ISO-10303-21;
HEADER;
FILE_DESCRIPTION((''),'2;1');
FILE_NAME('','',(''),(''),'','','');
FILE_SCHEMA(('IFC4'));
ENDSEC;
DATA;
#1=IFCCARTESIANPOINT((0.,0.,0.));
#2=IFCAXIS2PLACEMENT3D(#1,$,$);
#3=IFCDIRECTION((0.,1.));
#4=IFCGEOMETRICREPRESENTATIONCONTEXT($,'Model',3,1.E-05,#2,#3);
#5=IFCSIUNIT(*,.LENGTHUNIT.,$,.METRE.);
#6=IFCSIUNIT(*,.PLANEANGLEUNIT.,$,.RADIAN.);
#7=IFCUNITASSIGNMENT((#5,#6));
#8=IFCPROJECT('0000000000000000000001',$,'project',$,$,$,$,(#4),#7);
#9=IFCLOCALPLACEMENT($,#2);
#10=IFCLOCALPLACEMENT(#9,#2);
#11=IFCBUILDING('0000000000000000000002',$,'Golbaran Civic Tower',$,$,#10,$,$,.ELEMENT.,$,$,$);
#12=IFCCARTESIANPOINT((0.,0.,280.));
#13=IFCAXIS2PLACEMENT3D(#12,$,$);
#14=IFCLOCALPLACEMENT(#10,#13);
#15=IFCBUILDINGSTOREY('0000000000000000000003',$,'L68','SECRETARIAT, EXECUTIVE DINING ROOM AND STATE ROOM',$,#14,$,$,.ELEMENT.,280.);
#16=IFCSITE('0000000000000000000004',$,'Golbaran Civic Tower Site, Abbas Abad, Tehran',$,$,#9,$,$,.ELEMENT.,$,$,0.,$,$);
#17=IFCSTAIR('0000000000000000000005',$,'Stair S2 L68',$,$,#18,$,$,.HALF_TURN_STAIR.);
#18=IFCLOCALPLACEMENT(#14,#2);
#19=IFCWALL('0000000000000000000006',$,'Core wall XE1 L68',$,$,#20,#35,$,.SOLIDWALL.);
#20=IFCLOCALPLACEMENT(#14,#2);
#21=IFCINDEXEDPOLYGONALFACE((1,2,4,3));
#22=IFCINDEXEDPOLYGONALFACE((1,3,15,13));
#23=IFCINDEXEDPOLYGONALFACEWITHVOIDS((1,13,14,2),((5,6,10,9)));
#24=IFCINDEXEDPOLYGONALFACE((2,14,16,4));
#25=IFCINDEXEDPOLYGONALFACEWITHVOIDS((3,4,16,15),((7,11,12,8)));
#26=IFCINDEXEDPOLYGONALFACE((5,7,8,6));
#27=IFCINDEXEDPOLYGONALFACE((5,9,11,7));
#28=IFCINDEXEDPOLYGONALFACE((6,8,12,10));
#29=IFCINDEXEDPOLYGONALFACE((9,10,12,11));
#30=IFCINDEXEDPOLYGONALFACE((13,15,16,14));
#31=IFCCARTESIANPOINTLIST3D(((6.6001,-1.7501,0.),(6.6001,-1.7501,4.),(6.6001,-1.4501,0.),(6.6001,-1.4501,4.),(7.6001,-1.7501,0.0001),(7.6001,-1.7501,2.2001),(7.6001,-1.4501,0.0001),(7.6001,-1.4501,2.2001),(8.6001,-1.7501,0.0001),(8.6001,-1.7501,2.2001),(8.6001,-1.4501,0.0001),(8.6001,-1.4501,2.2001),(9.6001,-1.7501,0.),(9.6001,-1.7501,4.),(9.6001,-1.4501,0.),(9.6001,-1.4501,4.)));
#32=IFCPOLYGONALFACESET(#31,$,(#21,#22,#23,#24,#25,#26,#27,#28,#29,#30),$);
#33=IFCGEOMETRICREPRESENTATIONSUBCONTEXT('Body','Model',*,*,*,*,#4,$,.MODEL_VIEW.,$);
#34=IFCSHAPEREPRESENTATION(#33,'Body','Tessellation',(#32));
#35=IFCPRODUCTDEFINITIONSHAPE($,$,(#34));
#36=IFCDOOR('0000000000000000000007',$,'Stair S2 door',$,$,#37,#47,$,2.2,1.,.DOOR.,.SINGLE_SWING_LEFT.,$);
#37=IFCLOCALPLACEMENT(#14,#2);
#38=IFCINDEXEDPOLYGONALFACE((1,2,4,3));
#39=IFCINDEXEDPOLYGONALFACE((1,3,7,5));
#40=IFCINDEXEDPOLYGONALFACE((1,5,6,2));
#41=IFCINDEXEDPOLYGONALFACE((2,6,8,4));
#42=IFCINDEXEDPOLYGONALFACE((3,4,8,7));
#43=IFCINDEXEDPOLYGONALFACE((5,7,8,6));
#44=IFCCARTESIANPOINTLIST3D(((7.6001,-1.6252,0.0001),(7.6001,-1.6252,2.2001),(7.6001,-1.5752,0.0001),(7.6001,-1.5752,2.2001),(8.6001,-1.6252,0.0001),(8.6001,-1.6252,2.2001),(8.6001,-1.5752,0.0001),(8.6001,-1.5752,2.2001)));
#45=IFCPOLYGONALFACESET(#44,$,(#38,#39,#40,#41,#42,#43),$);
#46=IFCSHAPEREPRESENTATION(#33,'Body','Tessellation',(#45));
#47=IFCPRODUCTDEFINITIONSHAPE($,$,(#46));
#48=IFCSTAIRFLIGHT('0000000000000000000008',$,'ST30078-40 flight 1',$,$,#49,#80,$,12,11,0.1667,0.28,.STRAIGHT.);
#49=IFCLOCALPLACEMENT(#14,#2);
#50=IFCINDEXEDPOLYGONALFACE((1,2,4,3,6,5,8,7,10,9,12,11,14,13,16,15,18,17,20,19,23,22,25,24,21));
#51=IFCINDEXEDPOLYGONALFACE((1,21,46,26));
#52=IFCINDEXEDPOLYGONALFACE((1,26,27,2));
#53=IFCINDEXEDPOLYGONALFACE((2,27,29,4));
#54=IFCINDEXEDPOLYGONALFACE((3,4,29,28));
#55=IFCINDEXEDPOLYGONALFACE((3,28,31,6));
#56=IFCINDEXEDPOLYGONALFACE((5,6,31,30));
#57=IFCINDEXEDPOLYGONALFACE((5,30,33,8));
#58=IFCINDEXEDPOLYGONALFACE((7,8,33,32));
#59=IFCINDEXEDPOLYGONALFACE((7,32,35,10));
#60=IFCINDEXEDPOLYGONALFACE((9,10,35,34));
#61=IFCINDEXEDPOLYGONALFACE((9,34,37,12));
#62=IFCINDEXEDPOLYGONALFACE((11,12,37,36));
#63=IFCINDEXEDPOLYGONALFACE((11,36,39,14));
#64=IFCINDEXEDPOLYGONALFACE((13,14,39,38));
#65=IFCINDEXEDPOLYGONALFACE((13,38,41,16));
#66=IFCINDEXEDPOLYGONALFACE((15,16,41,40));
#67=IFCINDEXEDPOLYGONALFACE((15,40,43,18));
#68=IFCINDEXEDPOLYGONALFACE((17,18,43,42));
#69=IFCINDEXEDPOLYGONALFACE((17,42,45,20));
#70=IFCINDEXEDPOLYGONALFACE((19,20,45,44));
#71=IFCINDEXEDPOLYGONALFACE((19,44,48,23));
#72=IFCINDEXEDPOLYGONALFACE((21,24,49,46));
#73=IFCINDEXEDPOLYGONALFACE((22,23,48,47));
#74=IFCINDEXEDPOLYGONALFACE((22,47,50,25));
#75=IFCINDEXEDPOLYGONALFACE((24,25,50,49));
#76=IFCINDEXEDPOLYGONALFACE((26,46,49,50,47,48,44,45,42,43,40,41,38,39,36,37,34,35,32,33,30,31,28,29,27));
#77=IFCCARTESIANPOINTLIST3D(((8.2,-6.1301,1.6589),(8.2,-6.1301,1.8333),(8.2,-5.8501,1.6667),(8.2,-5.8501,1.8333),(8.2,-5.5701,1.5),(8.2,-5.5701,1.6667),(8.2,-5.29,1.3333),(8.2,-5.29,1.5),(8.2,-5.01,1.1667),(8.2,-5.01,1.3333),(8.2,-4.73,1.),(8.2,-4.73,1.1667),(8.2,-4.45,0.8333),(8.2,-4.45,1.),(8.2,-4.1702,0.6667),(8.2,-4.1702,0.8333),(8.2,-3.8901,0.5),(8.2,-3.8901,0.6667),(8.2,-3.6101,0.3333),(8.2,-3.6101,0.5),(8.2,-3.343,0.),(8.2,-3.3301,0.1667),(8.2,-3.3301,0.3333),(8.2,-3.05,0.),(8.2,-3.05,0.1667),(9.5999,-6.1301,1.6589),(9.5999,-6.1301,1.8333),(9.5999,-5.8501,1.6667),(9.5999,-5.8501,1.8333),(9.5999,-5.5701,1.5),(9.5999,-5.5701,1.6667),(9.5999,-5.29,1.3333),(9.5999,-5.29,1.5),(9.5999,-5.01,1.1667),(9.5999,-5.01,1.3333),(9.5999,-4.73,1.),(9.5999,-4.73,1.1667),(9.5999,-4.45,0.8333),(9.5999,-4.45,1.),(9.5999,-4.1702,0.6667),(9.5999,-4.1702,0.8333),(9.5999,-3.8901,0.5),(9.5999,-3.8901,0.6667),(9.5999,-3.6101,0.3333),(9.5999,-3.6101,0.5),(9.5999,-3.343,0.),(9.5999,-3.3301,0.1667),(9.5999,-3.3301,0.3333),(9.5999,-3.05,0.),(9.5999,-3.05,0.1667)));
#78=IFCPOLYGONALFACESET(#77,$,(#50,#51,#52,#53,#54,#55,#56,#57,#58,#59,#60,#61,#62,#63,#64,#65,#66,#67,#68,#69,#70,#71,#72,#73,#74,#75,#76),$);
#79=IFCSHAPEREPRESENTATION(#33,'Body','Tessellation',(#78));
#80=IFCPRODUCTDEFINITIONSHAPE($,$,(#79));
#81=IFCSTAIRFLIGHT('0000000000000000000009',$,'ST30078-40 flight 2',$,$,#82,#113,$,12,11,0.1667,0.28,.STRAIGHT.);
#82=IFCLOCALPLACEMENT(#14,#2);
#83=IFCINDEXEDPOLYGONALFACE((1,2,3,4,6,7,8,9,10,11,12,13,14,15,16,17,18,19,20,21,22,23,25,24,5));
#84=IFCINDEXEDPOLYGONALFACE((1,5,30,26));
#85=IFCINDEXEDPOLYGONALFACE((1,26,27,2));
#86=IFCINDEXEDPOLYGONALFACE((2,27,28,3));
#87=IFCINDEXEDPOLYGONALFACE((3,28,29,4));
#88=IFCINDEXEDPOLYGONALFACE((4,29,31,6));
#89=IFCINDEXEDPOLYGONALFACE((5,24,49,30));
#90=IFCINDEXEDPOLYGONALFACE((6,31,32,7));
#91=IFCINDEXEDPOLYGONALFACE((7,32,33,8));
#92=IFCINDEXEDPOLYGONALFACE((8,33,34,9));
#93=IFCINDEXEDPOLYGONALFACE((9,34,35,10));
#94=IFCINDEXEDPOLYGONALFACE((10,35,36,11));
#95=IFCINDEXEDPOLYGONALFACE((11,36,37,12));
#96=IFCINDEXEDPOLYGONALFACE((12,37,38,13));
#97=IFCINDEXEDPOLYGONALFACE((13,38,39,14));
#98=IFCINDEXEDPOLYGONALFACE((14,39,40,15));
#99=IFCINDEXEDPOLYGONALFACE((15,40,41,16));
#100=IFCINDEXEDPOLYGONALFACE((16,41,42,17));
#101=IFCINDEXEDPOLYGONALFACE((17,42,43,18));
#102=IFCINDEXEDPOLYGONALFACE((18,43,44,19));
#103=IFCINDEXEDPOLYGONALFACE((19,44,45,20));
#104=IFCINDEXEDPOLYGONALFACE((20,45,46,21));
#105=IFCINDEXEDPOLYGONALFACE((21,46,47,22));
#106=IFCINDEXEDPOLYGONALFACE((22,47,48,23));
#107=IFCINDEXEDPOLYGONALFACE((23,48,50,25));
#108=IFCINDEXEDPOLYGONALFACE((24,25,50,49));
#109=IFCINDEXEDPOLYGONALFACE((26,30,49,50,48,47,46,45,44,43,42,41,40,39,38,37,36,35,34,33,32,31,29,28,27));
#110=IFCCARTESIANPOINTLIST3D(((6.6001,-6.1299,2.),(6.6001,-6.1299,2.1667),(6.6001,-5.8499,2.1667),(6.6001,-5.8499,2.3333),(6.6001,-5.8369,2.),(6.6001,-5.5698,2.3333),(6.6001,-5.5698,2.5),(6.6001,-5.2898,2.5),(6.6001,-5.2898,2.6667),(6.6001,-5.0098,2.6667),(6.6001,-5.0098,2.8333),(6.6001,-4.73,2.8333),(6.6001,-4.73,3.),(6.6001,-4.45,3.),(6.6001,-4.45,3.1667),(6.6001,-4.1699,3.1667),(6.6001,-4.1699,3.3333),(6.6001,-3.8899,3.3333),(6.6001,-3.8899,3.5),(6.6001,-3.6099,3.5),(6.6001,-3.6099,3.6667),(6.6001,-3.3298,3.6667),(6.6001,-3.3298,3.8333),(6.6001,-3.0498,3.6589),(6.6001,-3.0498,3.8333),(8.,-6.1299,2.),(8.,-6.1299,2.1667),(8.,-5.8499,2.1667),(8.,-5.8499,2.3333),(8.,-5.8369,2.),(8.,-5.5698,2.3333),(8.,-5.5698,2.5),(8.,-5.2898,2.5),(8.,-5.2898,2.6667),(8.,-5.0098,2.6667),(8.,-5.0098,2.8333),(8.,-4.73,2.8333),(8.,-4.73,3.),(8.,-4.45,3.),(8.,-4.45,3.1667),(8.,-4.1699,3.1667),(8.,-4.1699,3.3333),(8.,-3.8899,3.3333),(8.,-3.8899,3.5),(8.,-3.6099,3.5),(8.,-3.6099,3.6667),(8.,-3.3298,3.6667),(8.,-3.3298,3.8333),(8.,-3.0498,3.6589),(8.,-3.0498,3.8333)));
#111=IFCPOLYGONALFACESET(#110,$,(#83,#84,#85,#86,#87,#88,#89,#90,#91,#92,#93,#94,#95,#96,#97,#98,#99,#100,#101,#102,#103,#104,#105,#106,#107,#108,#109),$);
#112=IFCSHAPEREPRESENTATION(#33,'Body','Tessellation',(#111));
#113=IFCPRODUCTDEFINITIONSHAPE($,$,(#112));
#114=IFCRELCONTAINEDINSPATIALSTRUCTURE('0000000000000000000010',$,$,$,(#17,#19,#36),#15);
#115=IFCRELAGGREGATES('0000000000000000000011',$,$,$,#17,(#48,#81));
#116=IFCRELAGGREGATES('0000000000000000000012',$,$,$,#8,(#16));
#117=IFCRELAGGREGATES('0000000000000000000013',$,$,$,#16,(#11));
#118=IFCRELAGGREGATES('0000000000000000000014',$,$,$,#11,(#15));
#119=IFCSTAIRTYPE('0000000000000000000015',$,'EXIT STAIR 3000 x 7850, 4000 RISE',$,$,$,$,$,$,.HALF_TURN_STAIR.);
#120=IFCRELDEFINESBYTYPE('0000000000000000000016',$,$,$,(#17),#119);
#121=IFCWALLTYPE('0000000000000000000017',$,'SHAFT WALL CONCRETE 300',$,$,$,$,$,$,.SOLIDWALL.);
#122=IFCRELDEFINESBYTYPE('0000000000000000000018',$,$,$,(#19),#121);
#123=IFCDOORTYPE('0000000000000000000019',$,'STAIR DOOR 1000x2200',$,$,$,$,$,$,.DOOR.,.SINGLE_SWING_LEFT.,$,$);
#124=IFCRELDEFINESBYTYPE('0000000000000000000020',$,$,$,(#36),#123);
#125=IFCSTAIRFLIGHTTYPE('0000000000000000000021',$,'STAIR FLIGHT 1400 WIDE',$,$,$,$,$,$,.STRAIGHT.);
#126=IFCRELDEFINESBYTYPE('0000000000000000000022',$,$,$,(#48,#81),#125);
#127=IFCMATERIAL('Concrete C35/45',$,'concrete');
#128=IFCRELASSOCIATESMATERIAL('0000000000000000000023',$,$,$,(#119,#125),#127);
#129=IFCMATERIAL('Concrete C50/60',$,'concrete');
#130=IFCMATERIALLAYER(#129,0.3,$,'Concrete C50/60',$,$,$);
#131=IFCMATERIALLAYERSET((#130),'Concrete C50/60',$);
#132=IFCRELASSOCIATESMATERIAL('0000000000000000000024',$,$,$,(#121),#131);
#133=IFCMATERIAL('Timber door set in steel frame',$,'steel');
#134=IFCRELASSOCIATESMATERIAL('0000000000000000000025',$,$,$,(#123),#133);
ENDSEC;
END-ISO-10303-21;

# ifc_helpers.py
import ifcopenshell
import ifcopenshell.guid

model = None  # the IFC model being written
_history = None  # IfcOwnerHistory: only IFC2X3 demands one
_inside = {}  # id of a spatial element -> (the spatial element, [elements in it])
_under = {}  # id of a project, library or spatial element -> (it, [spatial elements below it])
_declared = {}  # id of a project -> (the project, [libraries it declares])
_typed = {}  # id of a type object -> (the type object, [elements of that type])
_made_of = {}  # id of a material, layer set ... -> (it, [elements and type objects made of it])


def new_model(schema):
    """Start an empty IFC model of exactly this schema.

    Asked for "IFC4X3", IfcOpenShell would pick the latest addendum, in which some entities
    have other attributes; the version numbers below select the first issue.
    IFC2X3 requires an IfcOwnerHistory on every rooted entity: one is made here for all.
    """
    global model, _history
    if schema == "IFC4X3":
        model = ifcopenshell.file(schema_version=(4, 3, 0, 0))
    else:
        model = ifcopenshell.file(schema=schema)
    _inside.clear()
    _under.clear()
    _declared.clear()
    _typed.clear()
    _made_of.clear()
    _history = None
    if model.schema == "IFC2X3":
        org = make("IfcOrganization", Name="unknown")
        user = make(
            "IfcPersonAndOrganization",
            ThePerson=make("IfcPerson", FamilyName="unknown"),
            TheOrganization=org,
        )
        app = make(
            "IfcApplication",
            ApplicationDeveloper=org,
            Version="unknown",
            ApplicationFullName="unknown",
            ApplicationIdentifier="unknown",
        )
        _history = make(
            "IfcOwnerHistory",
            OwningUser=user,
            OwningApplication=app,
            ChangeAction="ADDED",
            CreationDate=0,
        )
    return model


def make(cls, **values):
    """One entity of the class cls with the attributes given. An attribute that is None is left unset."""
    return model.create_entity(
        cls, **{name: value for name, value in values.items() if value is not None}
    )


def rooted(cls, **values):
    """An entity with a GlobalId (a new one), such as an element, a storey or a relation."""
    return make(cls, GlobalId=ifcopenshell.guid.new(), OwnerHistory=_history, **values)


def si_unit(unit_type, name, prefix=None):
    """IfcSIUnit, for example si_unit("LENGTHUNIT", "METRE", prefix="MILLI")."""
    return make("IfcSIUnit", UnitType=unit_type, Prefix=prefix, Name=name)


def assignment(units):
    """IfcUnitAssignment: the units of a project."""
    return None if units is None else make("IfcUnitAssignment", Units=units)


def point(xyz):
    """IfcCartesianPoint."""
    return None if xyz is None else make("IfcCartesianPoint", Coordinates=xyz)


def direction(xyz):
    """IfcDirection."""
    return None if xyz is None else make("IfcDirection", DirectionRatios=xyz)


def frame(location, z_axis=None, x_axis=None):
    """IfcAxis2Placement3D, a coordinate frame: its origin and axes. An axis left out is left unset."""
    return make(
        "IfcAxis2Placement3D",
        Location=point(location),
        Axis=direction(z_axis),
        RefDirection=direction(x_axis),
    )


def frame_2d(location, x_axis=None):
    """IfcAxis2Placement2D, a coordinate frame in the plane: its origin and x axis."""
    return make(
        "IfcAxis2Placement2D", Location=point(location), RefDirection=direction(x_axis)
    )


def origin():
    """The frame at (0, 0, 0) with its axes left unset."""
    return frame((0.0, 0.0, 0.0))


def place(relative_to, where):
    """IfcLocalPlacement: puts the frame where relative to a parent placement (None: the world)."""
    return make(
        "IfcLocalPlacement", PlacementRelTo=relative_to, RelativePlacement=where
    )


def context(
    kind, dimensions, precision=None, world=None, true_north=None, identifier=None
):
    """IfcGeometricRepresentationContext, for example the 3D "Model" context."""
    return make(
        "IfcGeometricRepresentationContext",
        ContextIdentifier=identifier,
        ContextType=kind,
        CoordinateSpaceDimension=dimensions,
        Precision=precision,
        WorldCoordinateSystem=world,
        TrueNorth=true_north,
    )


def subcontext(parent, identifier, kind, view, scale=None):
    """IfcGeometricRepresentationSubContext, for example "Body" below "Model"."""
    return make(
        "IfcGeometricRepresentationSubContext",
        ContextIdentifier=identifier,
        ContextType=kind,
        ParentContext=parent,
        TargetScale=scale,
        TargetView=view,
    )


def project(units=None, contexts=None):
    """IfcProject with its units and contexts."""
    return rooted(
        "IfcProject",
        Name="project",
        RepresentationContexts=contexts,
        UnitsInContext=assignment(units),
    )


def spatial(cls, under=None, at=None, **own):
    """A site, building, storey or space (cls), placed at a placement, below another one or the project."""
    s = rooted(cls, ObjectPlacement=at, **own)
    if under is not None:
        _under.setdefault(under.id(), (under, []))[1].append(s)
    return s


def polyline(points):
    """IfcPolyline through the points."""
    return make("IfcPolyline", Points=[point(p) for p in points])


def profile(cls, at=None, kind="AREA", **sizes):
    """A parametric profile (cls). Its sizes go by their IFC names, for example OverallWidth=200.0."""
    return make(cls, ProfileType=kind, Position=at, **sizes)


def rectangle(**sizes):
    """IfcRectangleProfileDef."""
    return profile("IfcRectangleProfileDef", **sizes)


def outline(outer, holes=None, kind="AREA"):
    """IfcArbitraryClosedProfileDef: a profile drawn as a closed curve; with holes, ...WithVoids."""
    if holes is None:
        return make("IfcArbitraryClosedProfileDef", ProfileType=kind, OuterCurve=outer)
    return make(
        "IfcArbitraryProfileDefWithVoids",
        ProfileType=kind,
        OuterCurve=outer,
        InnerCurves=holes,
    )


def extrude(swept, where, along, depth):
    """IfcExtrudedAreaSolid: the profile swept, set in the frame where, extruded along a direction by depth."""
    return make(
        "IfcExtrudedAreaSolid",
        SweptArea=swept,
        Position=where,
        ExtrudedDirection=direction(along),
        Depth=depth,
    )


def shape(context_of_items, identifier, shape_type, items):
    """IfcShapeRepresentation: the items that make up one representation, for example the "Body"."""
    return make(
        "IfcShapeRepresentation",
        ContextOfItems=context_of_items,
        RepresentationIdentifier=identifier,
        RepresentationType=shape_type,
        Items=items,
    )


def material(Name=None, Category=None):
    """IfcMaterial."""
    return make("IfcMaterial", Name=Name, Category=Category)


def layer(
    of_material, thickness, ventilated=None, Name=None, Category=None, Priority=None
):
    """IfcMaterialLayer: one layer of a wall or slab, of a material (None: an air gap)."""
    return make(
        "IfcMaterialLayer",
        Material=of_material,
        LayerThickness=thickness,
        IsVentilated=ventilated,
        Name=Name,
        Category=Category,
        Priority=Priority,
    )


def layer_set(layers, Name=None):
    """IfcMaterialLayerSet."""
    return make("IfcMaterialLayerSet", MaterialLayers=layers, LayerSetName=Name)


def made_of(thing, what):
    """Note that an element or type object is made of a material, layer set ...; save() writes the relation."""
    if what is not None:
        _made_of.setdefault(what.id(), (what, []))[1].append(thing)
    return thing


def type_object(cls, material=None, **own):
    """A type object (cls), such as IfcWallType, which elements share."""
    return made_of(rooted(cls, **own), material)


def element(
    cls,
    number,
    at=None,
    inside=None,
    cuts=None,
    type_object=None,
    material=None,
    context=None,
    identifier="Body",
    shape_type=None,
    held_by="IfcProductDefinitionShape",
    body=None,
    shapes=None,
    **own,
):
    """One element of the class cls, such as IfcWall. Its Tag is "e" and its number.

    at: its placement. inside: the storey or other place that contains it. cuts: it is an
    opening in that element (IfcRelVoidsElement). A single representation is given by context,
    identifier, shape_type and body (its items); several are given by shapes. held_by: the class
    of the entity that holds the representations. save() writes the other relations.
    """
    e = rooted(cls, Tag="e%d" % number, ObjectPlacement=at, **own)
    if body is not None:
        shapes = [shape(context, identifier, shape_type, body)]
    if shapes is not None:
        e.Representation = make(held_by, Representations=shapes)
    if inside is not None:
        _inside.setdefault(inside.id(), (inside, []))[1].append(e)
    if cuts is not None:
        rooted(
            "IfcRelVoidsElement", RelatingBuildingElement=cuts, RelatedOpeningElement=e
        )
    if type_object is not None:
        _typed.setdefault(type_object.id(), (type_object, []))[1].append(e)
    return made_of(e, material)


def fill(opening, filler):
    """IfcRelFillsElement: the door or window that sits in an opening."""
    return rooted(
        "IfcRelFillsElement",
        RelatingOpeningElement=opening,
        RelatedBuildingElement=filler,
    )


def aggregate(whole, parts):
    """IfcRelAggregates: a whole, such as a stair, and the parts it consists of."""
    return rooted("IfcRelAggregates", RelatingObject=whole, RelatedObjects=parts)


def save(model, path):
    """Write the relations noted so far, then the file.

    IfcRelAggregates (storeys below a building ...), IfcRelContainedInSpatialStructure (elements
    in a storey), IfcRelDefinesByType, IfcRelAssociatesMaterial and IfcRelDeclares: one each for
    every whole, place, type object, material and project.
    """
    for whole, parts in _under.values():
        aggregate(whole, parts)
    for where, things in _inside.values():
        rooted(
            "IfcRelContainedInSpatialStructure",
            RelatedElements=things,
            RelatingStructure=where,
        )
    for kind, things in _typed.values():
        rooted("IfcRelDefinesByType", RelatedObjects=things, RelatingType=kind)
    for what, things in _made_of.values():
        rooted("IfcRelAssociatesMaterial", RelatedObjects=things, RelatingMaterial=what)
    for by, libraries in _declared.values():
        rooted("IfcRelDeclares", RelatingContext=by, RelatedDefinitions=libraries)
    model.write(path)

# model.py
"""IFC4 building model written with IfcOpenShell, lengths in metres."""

from ifc_helpers import new_model, si_unit, direction, frame, frame_2d, origin, place, context, subcontext, project, spatial, polyline, rectangle, outline, extrude, material, layer, layer_set, type_object, element, fill, aggregate, save


model = new_model("IFC4")

# Units and contexts
model_context = context("Model", 3, precision=1e-05, world=origin(), true_north=direction((0.0, 1.0)))
body_context = subcontext(model_context, "Body", "Model", "MODEL_VIEW")
ifc_project = project(units=[si_unit("LENGTHUNIT", "METRE"), si_unit("PLANEANGLEUNIT", "RADIAN")], contexts=[model_context])

# Site, building, storey
site_placement = place(None, origin())
site = spatial("IfcSite", under=ifc_project, at=site_placement, Name="Golbaran Civic Tower Site, Abbas Abad, Tehran", CompositionType="ELEMENT", RefElevation=0.0)
building_placement = place(site_placement, origin())
building = spatial("IfcBuilding", under=site, at=building_placement, Name="Golbaran Civic Tower", CompositionType="ELEMENT")
storey_placement = place(building_placement, frame((0.0, 0.0, 280.0)))
storey = spatial("IfcBuildingStorey", under=building, at=storey_placement, Name="L68", Description="SECRETARIAT, EXECUTIVE DINING ROOM AND STATE ROOM", CompositionType="ELEMENT", Elevation=280.0)

# Shared definitions
ifc_material_1 = material(Name="Concrete C35/45", Category="concrete")

# Shared definitions
stair_type = type_object("IfcStairType", Name="EXIT STAIR 3000 x 7850, 4000 RISE", PredefinedType="HALF_TURN_STAIR", material=ifc_material_1)

# Stair
stair_1_placement = place(storey_placement, origin())
stair_1 = element("IfcStair", 1, at=stair_1_placement, inside=storey, type_object=stair_type, Name="Stair S2 L68", PredefinedType="HALF_TURN_STAIR")

# Shared definitions
ifc_material_2 = material(Name="Concrete C50/60", Category="concrete")
ifc_material_3 = material(Name="Timber door set in steel frame", Category="steel")

# Shared definitions
ifc_layer_1 = layer(ifc_material_2, 0.3, Name="Concrete C50/60")
ifc_layer_set_1 = layer_set([ifc_layer_1], Name="Concrete C50/60")
wall_type_1 = type_object("IfcWallType", Name="SHAFT WALL CONCRETE 300", PredefinedType="SOLIDWALL", material=ifc_layer_set_1)

# Shared definitions
door_type_1 = type_object("IfcDoorType", Name="STAIR DOOR 1000x2200", OperationType="SINGLE_SWING_LEFT", PredefinedType="DOOR", material=ifc_material_3)

# Wall, opening, door
wall_1_placement = place(storey_placement, frame((6.6001, -1.6001, 0.0), z_axis=(0.0, 0.0, 1.0), x_axis=(1.0, 0.0, 0.0)))
wall_1 = element("IfcWall", 2, at=wall_1_placement, inside=storey, type_object=wall_type_1, Name="Core wall XE1 L68", PredefinedType="SOLIDWALL", context=body_context, shape_type="SweptSolid", body=[
    extrude(rectangle(XDim=3.0, YDim=0.3, at=frame_2d((1.5, 0.0))), origin(), (0.0, 0.0, 1.0), 4.0),
])
opening_1_placement = place(wall_1_placement, frame((1.0, 0.0, 0.0)))
opening_1 = element("IfcOpeningElement", 3, at=opening_1_placement, cuts=wall_1, PredefinedType="OPENING", context=body_context, shape_type="SweptSolid", body=[
    extrude(rectangle(XDim=1.0, YDim=2.2, at=frame_2d((0.5, 1.1001))), frame((0.0, 0.1599, 0.0), z_axis=(0.0, -1.0, 0.0), x_axis=(1.0, 0.0, 0.0)), (0.0, 0.0, 1.0), 0.3201),
])
door_1_placement = place(opening_1_placement, origin())
door_1 = element("IfcDoor", 4, at=door_1_placement, inside=storey, type_object=door_type_1, Name="Stair S2 door", OperationType="SINGLE_SWING_LEFT", OverallHeight=2.2, OverallWidth=1.0, PredefinedType="DOOR", context=body_context, shape_type="SweptSolid", body=[
    extrude(rectangle(XDim=1.0, YDim=2.2, at=frame_2d((0.5, 1.1001))), frame((0.0, 0.0249, 0.0), z_axis=(0.0, -1.0, 0.0), x_axis=(1.0, 0.0, 0.0)), (0.0, 0.0, 1.0), 0.05),
])
fill(opening_1, door_1)

# Stair flights
stair_flight_type = type_object("IfcStairFlightType", Name="STAIR FLIGHT 1400 WIDE", PredefinedType="STRAIGHT", material=ifc_material_1)
stair_flight_1_placement = place(storey_placement, frame((8.8999, -3.05, 0.0), z_axis=(0.0, 0.0, 1.0), x_axis=(0.0, -1.0, 0.0)))
stair_flight_1 = element("IfcStairFlight", 5, at=stair_flight_1_placement, type_object=stair_flight_type, Name="ST30078-40 flight 1", NumberOfRisers=12, NumberOfTreads=11, PredefinedType="STRAIGHT", RiserHeight=0.1667, TreadLength=0.28, context=body_context, shape_type="SweptSolid", body=[
    extrude(outline(polyline([(0.0, 0.0), (0.0, 0.1667), (0.28, 0.1667), (0.28, 0.3333), (0.5601, 0.3333), (0.5601, 0.5), (0.8401, 0.5), (0.8401, 0.6667), (1.1201, 0.6667), (1.1201, 0.8333), (1.3999, 0.8333), (1.3999, 1.0), (1.6799, 1.0), (1.6799, 1.1667), (1.96, 1.1667), (1.96, 1.3333), (2.24, 1.3333), (2.24, 1.5), (2.52, 1.5), (2.52, 1.6667), (2.8, 1.6667), (2.8, 1.8333), (3.0801, 1.8333), (3.0801, 2.0), (3.0801, 1.6589), (0.293, 0.0), (0.0, 0.0)])), frame((0.0, 0.7, 0.0), z_axis=(0.0, -1.0, 0.0), x_axis=(1.0, 0.0, 0.0)), (0.0, 0.0, 1.0), 1.3999),
])
stair_flight_2_placement = place(storey_placement, frame((7.3, -6.1299, 2.0), z_axis=(0.0, 0.0, 1.0), x_axis=(0.0, 1.0, 0.0)))
stair_flight_2 = element("IfcStairFlight", 6, at=stair_flight_2_placement, type_object=stair_flight_type, Name="ST30078-40 flight 2", NumberOfRisers=12, NumberOfTreads=11, PredefinedType="STRAIGHT", RiserHeight=0.1667, TreadLength=0.28, context=body_context, shape_type="SweptSolid", body=[
    extrude(outline(polyline([(0.0, 0.0), (0.0, 0.1667), (0.28, 0.1667), (0.28, 0.3333), (0.5601, 0.3333), (0.5601, 0.5), (0.8401, 0.5), (0.8401, 0.6667), (1.1201, 0.6667), (1.1201, 0.8333), (1.3999, 0.8333), (1.3999, 1.0), (1.6799, 1.0), (1.6799, 1.1667), (1.96, 1.1667), (1.96, 1.3333), (2.24, 1.3333), (2.24, 1.5), (2.52, 1.5), (2.52, 1.6667), (2.8, 1.6667), (2.8, 1.8333), (3.0801, 1.8333), (3.0801, 2.0), (3.0801, 1.6589), (0.293, 0.0), (0.0, 0.0)])), frame((0.0, 0.7, 0.0), z_axis=(0.0, -1.0, 0.0), x_axis=(1.0, 0.0, 0.0)), (0.0, 0.0, 1.0), 1.3999),
])
aggregate(stair_1, [stair_flight_1, stair_flight_2])

save(model, "model.ifc")
